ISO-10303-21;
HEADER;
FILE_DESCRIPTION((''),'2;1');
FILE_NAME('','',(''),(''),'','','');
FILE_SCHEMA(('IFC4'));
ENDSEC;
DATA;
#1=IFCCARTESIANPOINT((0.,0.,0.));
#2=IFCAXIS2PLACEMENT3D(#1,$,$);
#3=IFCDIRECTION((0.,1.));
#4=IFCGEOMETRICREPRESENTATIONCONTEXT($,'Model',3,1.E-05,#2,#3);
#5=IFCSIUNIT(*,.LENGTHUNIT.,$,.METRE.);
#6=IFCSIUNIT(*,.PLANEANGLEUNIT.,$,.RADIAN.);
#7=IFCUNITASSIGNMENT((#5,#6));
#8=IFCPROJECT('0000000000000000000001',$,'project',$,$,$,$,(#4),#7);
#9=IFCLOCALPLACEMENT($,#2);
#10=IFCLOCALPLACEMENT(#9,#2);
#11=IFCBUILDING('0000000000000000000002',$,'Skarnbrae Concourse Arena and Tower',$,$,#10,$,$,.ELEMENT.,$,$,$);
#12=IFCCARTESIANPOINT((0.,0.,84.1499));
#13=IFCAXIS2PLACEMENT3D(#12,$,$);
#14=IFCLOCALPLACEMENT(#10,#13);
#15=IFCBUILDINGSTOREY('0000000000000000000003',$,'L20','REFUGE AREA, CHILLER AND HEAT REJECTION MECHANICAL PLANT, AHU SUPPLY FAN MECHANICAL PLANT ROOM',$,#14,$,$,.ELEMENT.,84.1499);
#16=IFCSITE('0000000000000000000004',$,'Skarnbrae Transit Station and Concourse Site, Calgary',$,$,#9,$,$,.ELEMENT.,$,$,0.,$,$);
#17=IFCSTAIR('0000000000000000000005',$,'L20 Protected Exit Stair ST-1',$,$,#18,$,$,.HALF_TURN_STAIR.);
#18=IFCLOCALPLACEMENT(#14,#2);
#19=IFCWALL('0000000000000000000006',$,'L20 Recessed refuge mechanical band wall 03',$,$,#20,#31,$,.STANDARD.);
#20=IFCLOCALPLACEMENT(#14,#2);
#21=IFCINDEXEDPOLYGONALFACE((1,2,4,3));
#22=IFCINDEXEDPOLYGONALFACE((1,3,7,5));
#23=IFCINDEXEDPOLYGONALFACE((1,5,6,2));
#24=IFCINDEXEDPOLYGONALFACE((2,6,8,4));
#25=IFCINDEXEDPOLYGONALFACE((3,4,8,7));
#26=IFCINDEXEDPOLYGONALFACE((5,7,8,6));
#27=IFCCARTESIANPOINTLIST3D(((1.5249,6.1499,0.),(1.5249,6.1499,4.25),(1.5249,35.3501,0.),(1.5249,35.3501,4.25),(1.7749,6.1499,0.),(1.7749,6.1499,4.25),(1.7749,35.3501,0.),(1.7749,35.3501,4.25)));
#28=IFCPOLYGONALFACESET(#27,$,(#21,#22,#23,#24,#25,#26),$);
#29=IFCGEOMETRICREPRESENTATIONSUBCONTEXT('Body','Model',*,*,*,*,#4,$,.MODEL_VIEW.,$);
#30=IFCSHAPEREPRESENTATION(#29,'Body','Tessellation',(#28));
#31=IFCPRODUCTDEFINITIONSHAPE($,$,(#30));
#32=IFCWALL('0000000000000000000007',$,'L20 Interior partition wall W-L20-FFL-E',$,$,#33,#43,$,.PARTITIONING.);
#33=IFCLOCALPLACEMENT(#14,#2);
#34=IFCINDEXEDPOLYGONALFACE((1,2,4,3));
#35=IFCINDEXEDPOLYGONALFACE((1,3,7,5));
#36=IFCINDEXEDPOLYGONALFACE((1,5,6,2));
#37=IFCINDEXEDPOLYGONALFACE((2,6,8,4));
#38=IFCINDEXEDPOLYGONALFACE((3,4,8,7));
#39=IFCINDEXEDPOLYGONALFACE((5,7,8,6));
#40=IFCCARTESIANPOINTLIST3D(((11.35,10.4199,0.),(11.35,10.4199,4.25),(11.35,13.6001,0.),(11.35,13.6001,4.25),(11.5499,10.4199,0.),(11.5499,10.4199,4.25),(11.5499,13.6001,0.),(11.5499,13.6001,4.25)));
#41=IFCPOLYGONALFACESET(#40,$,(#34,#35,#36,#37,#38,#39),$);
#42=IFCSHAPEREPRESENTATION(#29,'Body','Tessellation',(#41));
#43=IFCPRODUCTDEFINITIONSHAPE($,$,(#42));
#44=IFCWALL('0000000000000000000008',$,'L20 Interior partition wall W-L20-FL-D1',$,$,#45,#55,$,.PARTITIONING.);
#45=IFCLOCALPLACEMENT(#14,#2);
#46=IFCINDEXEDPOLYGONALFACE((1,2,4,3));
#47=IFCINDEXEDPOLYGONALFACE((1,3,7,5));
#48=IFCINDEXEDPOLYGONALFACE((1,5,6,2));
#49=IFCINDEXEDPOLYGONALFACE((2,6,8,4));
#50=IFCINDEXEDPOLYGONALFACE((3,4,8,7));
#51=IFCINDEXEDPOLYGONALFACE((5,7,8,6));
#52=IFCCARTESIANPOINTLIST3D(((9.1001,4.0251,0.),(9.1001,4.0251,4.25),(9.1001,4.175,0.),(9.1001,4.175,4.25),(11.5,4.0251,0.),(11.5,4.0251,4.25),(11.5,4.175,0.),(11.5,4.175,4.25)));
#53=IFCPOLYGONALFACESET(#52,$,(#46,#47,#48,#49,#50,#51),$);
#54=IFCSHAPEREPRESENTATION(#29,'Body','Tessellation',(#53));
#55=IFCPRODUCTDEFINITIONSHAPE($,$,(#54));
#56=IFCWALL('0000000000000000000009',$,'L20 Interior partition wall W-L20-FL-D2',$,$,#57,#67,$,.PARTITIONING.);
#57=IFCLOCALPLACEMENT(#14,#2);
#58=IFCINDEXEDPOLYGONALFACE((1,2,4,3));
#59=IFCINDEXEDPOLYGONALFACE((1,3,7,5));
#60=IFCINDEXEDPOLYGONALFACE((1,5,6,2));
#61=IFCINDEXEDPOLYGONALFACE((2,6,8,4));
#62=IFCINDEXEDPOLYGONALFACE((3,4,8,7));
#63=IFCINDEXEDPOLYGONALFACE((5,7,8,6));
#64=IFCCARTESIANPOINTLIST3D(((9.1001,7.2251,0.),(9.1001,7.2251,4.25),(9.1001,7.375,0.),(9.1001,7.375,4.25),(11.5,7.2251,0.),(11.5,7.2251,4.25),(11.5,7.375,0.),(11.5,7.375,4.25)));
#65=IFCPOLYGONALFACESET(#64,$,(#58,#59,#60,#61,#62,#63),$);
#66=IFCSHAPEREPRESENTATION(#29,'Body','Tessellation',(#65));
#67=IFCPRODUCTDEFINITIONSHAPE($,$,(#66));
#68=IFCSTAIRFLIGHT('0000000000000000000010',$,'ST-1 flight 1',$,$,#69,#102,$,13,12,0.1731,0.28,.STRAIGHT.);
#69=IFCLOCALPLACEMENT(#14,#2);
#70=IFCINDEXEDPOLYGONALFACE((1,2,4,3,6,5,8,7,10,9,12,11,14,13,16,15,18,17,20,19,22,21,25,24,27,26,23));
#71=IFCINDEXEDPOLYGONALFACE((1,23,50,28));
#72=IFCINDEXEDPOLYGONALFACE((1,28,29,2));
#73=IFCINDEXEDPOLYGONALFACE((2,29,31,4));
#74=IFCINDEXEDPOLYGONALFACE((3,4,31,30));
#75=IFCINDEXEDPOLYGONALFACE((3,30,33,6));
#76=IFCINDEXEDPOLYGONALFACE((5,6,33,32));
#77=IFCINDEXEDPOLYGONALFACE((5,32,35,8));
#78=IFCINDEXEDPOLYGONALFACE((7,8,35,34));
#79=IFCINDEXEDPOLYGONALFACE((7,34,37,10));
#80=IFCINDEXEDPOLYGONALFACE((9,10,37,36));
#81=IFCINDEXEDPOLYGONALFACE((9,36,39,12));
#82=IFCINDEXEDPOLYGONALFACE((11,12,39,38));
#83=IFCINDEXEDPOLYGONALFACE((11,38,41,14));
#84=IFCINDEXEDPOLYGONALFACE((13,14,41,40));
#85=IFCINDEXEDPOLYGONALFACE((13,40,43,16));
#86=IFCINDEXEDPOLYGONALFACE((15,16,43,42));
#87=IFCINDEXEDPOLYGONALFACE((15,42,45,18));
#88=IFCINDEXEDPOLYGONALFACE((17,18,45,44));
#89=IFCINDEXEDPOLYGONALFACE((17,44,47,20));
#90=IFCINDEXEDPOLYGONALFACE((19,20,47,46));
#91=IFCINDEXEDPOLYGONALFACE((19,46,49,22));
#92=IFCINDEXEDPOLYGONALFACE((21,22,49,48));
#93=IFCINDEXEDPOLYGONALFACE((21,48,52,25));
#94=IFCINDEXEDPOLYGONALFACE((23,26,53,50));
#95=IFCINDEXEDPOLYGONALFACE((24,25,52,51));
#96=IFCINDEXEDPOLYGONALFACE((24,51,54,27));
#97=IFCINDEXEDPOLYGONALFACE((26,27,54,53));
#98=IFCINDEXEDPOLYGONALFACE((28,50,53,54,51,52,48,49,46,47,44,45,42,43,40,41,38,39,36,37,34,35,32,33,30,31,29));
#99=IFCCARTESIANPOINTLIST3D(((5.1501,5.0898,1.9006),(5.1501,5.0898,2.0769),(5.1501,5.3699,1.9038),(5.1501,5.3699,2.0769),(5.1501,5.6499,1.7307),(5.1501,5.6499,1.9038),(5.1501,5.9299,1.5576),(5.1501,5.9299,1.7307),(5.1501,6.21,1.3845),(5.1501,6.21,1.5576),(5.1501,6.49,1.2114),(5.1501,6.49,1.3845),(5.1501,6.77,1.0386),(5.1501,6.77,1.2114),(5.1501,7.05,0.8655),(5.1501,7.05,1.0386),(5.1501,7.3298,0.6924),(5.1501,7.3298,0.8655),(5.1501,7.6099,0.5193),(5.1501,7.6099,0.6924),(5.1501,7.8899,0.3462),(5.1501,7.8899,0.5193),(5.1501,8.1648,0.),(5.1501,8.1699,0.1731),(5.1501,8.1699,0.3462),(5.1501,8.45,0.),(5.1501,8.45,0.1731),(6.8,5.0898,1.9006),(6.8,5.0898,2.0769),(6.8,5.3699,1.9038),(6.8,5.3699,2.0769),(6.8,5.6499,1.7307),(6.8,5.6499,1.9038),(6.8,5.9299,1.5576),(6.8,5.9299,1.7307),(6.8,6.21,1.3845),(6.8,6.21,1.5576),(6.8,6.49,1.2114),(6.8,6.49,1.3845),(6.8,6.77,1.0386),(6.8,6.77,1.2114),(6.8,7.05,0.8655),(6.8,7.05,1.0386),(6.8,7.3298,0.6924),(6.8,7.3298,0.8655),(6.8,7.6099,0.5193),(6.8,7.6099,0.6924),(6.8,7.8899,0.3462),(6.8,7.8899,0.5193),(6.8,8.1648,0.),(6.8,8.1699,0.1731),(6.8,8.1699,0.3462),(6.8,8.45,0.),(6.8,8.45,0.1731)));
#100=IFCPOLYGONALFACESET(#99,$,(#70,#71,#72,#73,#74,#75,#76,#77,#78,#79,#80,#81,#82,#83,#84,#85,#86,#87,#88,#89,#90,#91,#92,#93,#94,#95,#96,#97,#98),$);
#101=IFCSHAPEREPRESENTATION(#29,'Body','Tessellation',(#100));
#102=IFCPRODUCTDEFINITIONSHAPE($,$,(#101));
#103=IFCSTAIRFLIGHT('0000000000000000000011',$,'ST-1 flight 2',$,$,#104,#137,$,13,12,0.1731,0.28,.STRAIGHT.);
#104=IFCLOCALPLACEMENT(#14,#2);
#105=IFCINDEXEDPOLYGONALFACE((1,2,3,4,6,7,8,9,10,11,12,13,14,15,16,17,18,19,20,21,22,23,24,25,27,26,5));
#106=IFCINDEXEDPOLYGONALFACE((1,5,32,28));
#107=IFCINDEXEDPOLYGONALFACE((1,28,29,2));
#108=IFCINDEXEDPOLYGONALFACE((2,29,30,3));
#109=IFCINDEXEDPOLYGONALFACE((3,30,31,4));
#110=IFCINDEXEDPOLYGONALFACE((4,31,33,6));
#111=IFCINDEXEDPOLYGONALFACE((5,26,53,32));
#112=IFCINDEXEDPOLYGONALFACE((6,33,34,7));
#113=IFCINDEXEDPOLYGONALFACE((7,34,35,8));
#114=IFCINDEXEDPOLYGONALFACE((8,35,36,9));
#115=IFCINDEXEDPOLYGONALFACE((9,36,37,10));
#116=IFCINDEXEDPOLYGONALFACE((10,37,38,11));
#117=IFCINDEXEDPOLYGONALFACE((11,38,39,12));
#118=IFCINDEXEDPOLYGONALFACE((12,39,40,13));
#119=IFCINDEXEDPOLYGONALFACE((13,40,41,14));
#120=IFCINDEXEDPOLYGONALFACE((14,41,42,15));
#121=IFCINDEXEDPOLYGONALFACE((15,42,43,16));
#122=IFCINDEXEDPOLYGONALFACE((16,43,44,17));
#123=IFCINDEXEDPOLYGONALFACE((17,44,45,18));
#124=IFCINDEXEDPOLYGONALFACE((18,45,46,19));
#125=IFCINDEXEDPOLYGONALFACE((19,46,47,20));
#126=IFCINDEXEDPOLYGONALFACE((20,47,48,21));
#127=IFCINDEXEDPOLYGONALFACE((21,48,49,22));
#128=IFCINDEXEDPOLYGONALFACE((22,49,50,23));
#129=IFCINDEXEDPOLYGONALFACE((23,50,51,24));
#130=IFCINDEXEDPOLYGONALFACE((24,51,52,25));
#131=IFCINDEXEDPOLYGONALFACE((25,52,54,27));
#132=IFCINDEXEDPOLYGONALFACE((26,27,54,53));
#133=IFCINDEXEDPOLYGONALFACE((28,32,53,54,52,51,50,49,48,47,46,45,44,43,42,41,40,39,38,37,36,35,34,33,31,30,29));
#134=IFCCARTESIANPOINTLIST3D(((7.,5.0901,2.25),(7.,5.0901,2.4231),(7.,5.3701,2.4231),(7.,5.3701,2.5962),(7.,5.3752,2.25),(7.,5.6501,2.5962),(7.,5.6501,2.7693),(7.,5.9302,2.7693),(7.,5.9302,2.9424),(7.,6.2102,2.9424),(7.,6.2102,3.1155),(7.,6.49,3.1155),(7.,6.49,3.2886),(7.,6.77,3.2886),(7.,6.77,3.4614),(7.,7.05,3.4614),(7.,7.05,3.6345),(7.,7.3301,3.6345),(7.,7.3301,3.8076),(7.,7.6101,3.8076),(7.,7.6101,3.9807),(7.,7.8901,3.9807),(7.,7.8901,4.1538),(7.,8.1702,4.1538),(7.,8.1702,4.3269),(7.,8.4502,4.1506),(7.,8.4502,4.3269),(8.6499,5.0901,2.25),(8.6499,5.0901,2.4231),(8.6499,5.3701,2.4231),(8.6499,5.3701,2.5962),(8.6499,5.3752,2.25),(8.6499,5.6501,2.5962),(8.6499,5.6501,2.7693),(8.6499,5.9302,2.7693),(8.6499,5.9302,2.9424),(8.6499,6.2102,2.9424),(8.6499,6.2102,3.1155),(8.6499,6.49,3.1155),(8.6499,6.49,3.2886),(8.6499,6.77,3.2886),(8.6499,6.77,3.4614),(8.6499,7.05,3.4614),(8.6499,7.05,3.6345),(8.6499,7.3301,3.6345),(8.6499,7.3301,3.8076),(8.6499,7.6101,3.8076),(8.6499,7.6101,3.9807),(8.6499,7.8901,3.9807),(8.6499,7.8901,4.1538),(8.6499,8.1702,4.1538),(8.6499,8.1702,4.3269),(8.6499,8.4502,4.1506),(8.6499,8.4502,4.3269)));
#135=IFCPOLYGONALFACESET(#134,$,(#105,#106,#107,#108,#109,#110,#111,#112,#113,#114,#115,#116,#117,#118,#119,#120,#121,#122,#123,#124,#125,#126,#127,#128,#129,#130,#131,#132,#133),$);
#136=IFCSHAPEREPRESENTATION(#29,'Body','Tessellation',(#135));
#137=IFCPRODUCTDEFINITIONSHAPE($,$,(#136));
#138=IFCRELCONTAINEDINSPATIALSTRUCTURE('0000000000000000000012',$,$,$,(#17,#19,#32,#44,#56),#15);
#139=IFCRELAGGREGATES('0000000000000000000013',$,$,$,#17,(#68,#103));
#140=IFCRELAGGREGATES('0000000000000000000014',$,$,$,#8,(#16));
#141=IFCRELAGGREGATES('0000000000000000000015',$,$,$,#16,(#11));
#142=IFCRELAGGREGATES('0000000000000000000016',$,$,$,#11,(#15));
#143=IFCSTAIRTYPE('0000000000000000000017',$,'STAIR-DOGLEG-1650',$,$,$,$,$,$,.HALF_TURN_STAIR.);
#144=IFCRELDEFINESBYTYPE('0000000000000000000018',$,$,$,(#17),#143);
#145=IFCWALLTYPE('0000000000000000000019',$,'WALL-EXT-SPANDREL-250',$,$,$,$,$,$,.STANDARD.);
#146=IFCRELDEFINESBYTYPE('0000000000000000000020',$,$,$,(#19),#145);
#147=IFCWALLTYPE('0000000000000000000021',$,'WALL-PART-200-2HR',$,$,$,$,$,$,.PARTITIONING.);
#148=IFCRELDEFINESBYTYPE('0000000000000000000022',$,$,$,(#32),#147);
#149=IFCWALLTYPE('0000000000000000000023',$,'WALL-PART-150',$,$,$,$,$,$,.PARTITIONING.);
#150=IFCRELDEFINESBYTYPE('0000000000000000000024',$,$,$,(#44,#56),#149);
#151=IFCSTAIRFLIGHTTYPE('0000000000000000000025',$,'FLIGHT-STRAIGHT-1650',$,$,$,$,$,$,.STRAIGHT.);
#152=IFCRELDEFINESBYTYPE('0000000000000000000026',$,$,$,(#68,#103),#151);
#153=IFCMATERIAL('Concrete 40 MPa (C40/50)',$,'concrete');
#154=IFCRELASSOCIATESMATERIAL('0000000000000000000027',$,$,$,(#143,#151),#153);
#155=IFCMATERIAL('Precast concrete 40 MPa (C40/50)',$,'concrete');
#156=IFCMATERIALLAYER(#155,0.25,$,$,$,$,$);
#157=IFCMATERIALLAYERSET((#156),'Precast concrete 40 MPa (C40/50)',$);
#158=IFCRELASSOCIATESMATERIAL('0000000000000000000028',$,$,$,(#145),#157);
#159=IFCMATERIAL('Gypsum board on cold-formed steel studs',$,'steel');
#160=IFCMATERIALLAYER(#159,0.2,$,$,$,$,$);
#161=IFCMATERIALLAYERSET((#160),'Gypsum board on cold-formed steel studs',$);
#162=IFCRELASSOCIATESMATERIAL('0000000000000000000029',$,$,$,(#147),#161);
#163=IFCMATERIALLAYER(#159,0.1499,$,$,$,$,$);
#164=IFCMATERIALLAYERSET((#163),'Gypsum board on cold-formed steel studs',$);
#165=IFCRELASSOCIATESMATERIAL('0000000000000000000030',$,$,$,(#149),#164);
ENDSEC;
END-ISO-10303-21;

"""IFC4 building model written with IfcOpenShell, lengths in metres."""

from ifc_helpers import new_model, si_unit, direction, frame, frame_2d, origin, place, context, subcontext, project, spatial, polyline, rectangle, outline, extrude, source, transform, mapped, material, layer, layer_set, type_object, element, aggregate, save


model = new_model("IFC4")

# Units and contexts
model_context = context("Model", 3, precision=1e-05, world=origin(), true_north=direction((0.0, 1.0)))
body_context = subcontext(model_context, "Body", "Model", "MODEL_VIEW")
ifc_project = project(units=[si_unit("LENGTHUNIT", "METRE"), si_unit("PLANEANGLEUNIT", "RADIAN")], contexts=[model_context])

# Site, building, storey
site_placement = place(None, origin())
site = spatial("IfcSite", under=ifc_project, at=site_placement, Name="Skarnbrae Transit Station and Concourse Site, Calgary", CompositionType="ELEMENT", RefElevation=0.0)
building_placement = place(site_placement, origin())
building = spatial("IfcBuilding", under=site, at=building_placement, Name="Skarnbrae Concourse Arena and Tower", CompositionType="ELEMENT")
storey_placement = place(building_placement, frame((0.0, 0.0, 84.1499)))
storey = spatial("IfcBuildingStorey", under=building, at=storey_placement, Name="L20", Description="REFUGE AREA, CHILLER AND HEAT REJECTION MECHANICAL PLANT, AHU SUPPLY FAN MECHANICAL PLANT ROOM", CompositionType="ELEMENT", Elevation=84.1499)

# Stair
ifc_material_1 = material(Name="Concrete 40 MPa (C40/50)", Category="concrete")
stair_type = type_object("IfcStairType", Name="STAIR-DOGLEG-1650", PredefinedType="HALF_TURN_STAIR", material=ifc_material_1)
stair_1_placement = place(storey_placement, origin())
stair_1 = element("IfcStair", 1, at=stair_1_placement, inside=storey, type_object=stair_type, Name="L20 Protected Exit Stair ST-1", PredefinedType="HALF_TURN_STAIR")

# Walls
ifc_material_2 = material(Name="Precast concrete 40 MPa (C40/50)", Category="concrete")
ifc_layer_1 = layer(ifc_material_2, 0.25)
ifc_layer_set_1 = layer_set([ifc_layer_1], Name="Precast concrete 40 MPa (C40/50)")
wall_type_1 = type_object("IfcWallType", Name="WALL-EXT-SPANDREL-250", PredefinedType="STANDARD", material=ifc_layer_set_1)
shared_shape_1 = source(origin(), body_context, "Body", "SweptSolid", [
    extrude(rectangle(XDim=29.2002, YDim=0.25, at=frame_2d((14.6001, 0.0))), origin(), (0.0, 0.0, 1.0), 4.25),
])
wall_1_placement = place(storey_placement, frame((1.6499, 6.1499, 0.0), z_axis=(0.0, 0.0, 1.0), x_axis=(0.0, 1.0, 0.0)))
element("IfcWall", 2, at=wall_1_placement, inside=storey, type_object=wall_type_1, Name="L20 Recessed refuge mechanical band wall 03", PredefinedType="STANDARD", context=body_context, shape_type="MappedRepresentation", body=[
    mapped(shared_shape_1, transform((0.0, 0.0, 0.0))),
])
ifc_material_3 = material(Name="Gypsum board on cold-formed steel studs", Category="steel")
ifc_layer_2 = layer(ifc_material_3, 0.2)
ifc_layer_set_2 = layer_set([ifc_layer_2], Name="Gypsum board on cold-formed steel studs")
wall_type_2 = type_object("IfcWallType", Name="WALL-PART-200-2HR", PredefinedType="PARTITIONING", material=ifc_layer_set_2)
shared_shape_2 = source(origin(), body_context, "Body", "SweptSolid", [
    extrude(rectangle(XDim=3.1802, YDim=0.2, at=frame_2d((1.5901, 0.0))), origin(), (0.0, 0.0, 1.0), 4.25),
])
wall_2_placement = place(storey_placement, frame((11.45, 10.4199, 0.0), z_axis=(0.0, 0.0, 1.0), x_axis=(0.0, 1.0, 0.0)))
element("IfcWall", 3, at=wall_2_placement, inside=storey, type_object=wall_type_2, Name="L20 Interior partition wall W-L20-FFL-E", PredefinedType="PARTITIONING", context=body_context, shape_type="MappedRepresentation", body=[
    mapped(shared_shape_2, transform((0.0, 0.0, 0.0))),
])

# Walls
ifc_layer_3 = layer(ifc_material_3, 0.1499)
ifc_layer_set_3 = layer_set([ifc_layer_3], Name="Gypsum board on cold-formed steel studs")
wall_type_3 = type_object("IfcWallType", Name="WALL-PART-150", PredefinedType="PARTITIONING", material=ifc_layer_set_3)
shared_shape_3 = source(origin(), body_context, "Body", "SweptSolid", [
    extrude(rectangle(XDim=2.3999, YDim=0.1499, at=frame_2d((1.2, 0.0))), origin(), (0.0, 0.0, 1.0), 4.25),
])
for number, where, z_axis, x_axis, name in (
    (4, (9.1001, 4.1001, 0.0), (0.0, 0.0, 1.0), (1.0, 0.0, 0.0), "L20 Interior partition wall W-L20-FL-D1"),
    (5, (9.1001, 7.3, 0.0), (0.0, 0.0, 1.0), (1.0, 0.0, 0.0), "L20 Interior partition wall W-L20-FL-D2"),
):
    element("IfcWall", number, at=place(storey_placement, frame(where, z_axis=z_axis, x_axis=x_axis)), inside=storey, type_object=wall_type_3, Name=name, PredefinedType="PARTITIONING", context=body_context, shape_type="MappedRepresentation", body=[
        mapped(shared_shape_3, transform((0.0, 0.0, 0.0))),
    ])

# Stair flights
stair_flight_type = type_object("IfcStairFlightType", Name="FLIGHT-STRAIGHT-1650", PredefinedType="STRAIGHT", material=ifc_material_1)
shared_shape_4 = source(origin(), body_context, "Body", "SweptSolid", [
    extrude(outline(polyline([(0.0, 0.0), (0.0, 0.1731), (0.28, 0.1731), (0.28, 0.3462), (0.5601, 0.3462), (0.5601, 0.5193), (0.8401, 0.5193), (0.8401, 0.6924), (1.1201, 0.6924), (1.1201, 0.8655), (1.3999, 0.8655), (1.3999, 1.0386), (1.6799, 1.0386), (1.6799, 1.2114), (1.96, 1.2114), (1.96, 1.3845), (2.24, 1.3845), (2.24, 1.5576), (2.52, 1.5576), (2.52, 1.7307), (2.8, 1.7307), (2.8, 1.9038), (3.0801, 1.9038), (3.0801, 2.0769), (3.3601, 2.0769), (3.3601, 2.25), (3.3601, 1.9006), (0.2852, 0.0), (0.0, 0.0)])), frame((0.0, 0.825, 0.0), z_axis=(0.0, -1.0, 0.0), x_axis=(1.0, 0.0, 0.0)), (0.0, 0.0, 1.0), 1.6499),
])
stair_flight_1_placement = place(storey_placement, frame((5.9751, 8.45, 0.0), z_axis=(0.0, 0.0, 1.0), x_axis=(0.0, -1.0, 0.0)))
stair_flight_1 = element("IfcStairFlight", 6, at=stair_flight_1_placement, type_object=stair_flight_type, Name="ST-1 flight 1", NumberOfRisers=13, NumberOfTreads=12, PredefinedType="STRAIGHT", RiserHeight=0.1731, TreadLength=0.28, context=body_context, shape_type="MappedRepresentation", body=[
    mapped(shared_shape_4, transform((0.0, 0.0, 0.0))),
])
stair_flight_2_placement = place(storey_placement, frame((7.825, 5.0901, 2.25), z_axis=(0.0, 0.0, 1.0), x_axis=(0.0, 1.0, 0.0)))
stair_flight_2 = element("IfcStairFlight", 7, at=stair_flight_2_placement, type_object=stair_flight_type, Name="ST-1 flight 2", NumberOfRisers=13, NumberOfTreads=12, PredefinedType="STRAIGHT", RiserHeight=0.1731, TreadLength=0.28, context=body_context, shape_type="MappedRepresentation", body=[
    mapped(shared_shape_4, transform((0.0, 0.0, 0.0))),
])
aggregate(stair_1, [stair_flight_1, stair_flight_2])

save(model, "model.ifc")
